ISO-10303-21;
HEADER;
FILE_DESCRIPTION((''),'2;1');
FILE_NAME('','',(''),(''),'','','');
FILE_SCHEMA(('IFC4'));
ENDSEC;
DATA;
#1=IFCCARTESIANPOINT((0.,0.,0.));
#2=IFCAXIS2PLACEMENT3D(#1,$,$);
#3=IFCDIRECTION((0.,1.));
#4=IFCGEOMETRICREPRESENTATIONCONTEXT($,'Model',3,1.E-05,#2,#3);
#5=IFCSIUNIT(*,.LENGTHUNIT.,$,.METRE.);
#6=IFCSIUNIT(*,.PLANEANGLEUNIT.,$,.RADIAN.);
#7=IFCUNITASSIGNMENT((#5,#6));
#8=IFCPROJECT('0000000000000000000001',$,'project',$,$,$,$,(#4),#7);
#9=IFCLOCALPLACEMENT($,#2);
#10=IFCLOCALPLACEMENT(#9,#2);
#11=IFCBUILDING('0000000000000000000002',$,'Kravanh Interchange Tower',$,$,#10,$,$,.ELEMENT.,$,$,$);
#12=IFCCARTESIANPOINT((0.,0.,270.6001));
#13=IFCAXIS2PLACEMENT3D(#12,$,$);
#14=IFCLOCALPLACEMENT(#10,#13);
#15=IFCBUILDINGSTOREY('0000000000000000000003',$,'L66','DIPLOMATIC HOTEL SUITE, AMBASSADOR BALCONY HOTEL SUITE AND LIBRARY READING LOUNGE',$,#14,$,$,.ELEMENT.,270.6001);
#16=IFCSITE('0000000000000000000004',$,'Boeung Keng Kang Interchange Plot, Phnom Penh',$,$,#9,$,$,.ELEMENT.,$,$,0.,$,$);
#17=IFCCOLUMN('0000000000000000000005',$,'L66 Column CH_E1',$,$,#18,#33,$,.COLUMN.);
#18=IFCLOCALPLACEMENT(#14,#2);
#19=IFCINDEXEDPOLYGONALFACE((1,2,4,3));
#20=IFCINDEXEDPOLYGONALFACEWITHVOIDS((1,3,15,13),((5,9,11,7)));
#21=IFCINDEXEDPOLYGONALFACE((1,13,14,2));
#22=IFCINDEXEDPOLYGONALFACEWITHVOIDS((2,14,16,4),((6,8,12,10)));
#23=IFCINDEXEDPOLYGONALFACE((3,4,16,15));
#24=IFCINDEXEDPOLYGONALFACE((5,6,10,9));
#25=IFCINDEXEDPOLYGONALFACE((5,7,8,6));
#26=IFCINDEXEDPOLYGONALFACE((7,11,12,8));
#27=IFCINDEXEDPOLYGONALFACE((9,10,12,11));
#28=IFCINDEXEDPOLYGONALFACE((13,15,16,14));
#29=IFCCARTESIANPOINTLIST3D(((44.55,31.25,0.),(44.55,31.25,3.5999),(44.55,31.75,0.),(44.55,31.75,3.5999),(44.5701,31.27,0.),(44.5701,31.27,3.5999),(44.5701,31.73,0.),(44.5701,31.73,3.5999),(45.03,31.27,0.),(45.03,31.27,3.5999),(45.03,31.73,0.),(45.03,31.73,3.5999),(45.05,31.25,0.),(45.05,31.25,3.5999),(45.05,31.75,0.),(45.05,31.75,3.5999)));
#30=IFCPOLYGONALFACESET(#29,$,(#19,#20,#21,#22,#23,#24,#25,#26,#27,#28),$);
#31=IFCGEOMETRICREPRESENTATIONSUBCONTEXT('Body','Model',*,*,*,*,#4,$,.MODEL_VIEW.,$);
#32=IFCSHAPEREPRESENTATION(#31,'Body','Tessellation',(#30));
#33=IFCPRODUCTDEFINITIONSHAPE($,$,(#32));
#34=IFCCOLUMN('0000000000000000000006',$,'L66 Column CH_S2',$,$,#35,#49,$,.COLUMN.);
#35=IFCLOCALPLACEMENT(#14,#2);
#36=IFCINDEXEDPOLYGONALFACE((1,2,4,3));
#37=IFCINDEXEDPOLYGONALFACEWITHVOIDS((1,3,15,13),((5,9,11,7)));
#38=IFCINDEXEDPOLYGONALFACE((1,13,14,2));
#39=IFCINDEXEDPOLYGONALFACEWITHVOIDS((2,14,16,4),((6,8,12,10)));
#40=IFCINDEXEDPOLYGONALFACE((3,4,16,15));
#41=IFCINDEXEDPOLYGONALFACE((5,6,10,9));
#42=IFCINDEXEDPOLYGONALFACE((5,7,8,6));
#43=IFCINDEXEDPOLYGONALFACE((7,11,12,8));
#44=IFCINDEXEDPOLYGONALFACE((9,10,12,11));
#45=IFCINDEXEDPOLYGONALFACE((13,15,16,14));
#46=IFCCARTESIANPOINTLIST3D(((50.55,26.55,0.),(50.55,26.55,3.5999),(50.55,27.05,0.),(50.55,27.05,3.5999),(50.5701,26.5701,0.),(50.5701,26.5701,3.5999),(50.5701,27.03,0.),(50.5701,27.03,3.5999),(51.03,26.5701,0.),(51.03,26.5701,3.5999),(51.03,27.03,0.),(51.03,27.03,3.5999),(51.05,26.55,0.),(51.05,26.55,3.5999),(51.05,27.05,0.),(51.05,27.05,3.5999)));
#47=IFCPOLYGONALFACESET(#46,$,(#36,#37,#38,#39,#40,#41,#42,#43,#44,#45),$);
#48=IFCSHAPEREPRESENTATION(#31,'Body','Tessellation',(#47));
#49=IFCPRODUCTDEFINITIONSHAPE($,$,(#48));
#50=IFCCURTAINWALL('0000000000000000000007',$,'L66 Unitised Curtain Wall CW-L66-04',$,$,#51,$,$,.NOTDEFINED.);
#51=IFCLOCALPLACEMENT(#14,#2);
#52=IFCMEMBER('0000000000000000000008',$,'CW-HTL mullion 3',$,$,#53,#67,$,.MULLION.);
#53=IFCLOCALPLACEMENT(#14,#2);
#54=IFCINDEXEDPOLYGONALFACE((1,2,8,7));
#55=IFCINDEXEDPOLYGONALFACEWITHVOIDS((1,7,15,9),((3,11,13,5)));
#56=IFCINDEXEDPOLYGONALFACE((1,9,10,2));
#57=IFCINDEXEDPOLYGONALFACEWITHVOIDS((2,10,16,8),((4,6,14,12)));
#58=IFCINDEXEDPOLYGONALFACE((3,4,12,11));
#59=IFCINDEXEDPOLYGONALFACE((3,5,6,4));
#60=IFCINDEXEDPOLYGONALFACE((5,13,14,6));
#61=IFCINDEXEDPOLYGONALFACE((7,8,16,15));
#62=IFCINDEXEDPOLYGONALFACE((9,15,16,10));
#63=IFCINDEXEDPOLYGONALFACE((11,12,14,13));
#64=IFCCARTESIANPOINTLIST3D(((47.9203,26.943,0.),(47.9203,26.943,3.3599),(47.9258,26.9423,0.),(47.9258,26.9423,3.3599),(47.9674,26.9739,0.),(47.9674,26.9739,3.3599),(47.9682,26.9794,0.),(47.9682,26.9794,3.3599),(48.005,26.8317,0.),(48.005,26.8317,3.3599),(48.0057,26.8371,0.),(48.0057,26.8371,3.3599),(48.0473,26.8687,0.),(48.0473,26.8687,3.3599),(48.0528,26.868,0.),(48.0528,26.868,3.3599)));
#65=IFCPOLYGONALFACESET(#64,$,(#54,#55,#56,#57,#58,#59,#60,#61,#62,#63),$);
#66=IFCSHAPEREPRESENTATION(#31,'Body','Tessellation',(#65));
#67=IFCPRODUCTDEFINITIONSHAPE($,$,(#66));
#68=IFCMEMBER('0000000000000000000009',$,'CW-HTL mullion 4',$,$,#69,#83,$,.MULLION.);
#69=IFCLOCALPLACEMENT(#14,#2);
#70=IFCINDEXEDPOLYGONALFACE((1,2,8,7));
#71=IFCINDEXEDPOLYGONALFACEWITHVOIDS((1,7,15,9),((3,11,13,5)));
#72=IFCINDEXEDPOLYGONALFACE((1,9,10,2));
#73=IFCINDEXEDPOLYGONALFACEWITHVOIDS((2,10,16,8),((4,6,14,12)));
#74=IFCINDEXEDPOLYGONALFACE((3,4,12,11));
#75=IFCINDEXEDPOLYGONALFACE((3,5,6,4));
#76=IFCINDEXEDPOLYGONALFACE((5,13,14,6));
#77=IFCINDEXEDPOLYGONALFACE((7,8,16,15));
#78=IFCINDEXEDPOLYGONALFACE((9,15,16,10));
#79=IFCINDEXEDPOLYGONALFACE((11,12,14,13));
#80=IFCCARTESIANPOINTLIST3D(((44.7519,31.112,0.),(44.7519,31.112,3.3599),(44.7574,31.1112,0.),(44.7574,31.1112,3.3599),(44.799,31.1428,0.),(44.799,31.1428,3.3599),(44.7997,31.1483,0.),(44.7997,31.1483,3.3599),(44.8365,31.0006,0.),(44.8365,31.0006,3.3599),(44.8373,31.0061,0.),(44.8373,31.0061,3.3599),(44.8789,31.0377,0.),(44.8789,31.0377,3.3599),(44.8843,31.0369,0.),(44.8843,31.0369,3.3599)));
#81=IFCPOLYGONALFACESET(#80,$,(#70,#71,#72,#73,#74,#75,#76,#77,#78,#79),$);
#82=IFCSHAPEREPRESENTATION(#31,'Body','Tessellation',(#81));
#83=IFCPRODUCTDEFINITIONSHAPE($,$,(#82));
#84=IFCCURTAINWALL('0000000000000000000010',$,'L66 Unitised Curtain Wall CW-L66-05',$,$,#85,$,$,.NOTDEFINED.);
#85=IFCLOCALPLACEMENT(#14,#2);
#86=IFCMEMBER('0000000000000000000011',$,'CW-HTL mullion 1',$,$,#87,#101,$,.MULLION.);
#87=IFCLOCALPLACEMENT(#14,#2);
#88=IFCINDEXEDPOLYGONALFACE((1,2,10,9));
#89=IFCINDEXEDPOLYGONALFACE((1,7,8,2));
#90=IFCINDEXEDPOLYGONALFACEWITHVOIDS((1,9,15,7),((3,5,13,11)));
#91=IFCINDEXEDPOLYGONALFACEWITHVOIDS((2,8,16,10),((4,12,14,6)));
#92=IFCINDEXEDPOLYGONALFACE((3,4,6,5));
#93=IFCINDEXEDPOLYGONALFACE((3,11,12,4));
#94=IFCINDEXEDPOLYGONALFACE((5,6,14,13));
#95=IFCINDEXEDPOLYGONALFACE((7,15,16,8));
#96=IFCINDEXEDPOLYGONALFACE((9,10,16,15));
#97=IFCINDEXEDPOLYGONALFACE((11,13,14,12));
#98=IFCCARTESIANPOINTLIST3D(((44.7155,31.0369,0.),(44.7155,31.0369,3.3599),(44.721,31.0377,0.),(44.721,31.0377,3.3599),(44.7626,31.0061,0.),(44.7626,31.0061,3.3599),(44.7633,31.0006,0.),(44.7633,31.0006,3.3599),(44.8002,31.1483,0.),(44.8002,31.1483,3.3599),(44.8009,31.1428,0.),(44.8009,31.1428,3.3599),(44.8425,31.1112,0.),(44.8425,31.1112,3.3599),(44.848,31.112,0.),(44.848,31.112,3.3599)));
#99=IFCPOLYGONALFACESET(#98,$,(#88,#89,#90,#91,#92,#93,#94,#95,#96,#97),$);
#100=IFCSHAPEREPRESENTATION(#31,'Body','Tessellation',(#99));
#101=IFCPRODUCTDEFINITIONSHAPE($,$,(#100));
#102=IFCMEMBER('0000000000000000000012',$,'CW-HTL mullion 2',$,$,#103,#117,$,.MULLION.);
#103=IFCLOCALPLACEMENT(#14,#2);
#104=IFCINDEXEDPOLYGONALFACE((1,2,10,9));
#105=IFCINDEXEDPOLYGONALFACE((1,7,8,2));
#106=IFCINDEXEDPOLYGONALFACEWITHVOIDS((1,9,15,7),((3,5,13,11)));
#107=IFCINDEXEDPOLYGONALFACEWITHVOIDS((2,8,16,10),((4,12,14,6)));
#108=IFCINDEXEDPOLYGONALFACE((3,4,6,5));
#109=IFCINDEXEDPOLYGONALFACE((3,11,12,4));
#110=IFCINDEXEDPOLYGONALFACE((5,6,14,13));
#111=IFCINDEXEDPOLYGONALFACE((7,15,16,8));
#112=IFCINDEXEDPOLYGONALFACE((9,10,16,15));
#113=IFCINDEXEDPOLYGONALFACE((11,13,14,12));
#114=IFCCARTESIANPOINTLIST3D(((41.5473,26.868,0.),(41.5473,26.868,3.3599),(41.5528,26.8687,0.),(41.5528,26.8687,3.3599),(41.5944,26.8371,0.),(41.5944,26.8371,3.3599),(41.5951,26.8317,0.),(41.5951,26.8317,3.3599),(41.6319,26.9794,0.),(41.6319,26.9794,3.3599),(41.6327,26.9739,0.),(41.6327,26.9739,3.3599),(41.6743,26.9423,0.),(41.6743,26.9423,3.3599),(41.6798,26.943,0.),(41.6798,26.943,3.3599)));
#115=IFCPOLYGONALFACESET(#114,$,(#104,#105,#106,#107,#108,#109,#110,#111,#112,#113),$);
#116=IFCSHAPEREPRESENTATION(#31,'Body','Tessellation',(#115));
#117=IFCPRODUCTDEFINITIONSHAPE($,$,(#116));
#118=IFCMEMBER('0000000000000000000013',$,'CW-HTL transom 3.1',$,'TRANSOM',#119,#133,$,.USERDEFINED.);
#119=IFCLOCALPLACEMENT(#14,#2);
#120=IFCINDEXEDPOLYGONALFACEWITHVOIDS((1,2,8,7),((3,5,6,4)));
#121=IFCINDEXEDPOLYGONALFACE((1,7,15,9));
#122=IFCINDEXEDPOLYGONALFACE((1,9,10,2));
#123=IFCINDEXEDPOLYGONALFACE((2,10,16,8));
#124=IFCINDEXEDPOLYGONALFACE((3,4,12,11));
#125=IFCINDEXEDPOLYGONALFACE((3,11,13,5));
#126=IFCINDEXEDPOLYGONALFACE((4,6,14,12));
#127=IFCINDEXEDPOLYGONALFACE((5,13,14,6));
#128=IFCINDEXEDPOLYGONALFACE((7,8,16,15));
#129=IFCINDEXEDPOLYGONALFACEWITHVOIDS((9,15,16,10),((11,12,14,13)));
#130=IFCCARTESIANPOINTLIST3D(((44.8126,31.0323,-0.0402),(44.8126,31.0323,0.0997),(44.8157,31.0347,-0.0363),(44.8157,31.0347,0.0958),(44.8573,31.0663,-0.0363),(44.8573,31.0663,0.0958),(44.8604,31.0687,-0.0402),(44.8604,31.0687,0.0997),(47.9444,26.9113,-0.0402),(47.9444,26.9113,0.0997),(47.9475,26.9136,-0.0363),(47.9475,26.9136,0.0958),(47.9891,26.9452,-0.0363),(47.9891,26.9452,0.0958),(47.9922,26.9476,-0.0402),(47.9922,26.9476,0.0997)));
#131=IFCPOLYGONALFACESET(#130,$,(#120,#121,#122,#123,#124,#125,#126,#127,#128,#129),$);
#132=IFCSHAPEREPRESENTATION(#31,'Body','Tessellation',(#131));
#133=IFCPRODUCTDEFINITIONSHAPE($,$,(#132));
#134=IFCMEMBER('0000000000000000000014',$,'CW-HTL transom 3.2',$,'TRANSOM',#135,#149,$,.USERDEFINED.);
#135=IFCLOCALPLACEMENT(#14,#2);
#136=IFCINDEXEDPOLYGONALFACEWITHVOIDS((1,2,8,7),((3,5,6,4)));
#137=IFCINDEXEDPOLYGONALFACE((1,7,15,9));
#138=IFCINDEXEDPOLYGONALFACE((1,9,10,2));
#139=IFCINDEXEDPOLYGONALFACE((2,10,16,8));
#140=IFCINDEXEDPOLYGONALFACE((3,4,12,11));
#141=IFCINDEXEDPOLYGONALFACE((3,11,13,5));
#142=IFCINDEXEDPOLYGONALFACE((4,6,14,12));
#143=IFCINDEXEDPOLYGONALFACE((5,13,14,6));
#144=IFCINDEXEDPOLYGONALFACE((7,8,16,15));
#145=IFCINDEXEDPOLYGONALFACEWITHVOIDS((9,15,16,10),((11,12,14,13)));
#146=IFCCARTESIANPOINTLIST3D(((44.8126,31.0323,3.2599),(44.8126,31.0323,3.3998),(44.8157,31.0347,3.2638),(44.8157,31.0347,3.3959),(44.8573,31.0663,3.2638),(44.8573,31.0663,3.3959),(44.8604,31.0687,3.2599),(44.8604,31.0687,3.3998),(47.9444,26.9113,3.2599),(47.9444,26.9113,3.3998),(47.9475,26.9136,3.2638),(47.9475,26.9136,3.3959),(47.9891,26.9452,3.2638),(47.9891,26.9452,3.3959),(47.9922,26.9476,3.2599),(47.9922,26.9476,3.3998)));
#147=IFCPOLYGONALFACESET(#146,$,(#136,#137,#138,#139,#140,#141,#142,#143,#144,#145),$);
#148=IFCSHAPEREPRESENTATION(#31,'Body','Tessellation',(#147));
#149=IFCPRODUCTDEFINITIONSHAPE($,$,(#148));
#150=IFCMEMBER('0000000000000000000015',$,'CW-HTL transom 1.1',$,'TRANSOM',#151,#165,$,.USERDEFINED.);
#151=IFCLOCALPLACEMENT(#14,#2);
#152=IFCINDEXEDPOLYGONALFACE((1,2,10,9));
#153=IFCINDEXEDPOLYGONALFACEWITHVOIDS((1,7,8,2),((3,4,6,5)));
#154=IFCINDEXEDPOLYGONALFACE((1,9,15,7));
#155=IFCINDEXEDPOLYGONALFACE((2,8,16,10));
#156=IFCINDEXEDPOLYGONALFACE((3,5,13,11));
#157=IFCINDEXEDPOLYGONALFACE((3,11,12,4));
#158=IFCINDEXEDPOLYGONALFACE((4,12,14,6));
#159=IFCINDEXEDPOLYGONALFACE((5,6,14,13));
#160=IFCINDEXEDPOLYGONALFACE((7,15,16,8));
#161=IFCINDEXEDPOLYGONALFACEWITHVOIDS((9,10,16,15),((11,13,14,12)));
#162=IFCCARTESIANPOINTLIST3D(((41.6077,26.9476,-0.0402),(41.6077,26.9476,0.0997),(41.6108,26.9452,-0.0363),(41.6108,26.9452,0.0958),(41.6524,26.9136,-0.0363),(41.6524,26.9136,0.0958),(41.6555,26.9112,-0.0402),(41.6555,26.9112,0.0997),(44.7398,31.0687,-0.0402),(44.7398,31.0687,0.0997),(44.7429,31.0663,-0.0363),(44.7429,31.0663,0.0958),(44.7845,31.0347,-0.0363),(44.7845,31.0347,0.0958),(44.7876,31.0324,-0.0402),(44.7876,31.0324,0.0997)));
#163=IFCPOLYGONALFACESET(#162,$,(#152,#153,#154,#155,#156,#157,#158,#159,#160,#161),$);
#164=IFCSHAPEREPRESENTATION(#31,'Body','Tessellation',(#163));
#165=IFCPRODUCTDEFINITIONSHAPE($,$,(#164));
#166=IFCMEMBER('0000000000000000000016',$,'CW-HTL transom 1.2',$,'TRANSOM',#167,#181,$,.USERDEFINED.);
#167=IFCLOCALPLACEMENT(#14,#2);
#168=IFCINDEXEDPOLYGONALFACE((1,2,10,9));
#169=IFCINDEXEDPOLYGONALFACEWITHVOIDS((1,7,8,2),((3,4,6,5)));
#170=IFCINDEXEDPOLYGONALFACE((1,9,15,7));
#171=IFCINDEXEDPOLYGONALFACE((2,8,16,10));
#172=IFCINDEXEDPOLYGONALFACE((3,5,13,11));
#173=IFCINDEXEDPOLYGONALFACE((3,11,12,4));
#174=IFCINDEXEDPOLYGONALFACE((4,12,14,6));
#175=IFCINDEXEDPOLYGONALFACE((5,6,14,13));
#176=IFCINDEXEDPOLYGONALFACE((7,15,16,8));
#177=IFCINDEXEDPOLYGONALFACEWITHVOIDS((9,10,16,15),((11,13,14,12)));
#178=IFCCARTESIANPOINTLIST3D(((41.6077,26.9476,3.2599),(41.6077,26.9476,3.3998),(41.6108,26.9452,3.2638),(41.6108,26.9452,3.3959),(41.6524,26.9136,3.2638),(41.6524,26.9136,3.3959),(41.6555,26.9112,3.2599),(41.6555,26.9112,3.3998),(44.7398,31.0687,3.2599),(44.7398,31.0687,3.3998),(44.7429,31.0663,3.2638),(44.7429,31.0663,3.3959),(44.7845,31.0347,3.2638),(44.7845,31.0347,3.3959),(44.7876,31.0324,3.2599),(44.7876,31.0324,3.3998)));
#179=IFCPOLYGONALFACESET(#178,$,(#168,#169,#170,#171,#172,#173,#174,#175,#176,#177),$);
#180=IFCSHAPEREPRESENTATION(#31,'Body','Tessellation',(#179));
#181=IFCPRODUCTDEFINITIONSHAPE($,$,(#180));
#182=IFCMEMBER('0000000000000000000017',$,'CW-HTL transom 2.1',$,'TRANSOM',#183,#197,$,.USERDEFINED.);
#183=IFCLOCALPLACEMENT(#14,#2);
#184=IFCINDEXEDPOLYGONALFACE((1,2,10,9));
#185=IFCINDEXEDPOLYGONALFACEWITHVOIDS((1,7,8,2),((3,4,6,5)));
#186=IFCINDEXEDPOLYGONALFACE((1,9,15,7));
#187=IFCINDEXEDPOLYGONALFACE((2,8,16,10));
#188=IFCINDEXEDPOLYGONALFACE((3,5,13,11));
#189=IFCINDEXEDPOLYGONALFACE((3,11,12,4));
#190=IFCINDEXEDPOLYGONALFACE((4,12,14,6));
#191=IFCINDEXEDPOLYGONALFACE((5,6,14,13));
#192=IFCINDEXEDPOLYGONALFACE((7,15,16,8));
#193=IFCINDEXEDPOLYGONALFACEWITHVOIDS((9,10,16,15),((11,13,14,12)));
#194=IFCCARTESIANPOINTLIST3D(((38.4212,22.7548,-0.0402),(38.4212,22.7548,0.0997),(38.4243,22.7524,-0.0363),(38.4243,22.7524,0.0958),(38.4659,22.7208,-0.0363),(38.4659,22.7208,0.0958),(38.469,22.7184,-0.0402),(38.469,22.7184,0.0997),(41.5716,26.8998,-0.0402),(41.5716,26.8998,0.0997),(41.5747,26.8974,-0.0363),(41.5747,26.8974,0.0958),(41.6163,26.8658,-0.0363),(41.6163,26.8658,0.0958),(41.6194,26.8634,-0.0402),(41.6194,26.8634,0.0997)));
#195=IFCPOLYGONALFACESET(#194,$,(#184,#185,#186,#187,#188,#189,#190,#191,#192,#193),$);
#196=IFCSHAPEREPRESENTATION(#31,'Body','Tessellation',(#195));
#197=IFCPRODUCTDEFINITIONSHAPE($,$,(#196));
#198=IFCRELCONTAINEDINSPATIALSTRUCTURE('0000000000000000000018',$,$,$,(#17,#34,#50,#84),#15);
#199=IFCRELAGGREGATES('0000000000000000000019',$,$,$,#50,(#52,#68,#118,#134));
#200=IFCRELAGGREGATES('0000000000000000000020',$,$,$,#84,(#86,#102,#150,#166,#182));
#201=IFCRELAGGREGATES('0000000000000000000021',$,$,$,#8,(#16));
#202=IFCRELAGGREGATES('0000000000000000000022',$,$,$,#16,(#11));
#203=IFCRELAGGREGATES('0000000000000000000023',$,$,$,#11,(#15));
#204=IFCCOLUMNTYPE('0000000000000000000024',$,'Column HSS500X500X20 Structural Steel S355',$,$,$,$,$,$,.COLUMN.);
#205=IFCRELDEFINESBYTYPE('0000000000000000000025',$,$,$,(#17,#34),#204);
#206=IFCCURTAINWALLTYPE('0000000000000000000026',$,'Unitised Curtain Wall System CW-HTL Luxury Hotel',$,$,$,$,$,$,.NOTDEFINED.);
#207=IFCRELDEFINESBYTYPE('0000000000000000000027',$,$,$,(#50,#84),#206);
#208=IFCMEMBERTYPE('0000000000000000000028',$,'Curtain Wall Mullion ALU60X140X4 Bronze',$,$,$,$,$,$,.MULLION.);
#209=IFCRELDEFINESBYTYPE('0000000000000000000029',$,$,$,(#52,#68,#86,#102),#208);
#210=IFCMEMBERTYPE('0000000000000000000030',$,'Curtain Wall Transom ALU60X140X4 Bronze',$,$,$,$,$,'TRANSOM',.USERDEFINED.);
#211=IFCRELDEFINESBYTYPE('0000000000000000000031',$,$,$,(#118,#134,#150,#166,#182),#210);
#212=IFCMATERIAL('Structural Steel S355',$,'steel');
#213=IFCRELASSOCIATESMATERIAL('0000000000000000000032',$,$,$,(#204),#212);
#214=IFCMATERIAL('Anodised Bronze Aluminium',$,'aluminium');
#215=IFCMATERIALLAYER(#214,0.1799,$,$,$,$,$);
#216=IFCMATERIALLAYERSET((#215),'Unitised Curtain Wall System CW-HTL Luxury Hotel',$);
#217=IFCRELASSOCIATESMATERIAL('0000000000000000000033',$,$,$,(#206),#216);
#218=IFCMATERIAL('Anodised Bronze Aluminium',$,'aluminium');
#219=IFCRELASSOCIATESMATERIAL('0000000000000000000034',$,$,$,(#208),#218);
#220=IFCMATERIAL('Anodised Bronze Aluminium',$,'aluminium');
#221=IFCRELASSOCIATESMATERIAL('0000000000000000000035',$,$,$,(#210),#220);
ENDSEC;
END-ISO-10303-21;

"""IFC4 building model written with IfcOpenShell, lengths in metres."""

from ifc_helpers import new_model, si_unit, direction, frame, origin, origin_2d, place, context, subcontext, project, spatial, hollow_rectangle, extrude, material, layer, layer_set, material_profile, profile_set, type_object, element, aggregate, save


model = new_model("IFC4")

# Units and contexts
model_context = context("Model", 3, precision=1e-05, world=origin(), true_north=direction((0.0, 1.0)))
body_context = subcontext(model_context, "Body", "Model", "MODEL_VIEW")
ifc_project = project(units=[si_unit("LENGTHUNIT", "METRE"), si_unit("PLANEANGLEUNIT", "RADIAN")], contexts=[model_context])

# Site, building, storey
site_placement = place(None, origin())
site = spatial("IfcSite", under=ifc_project, at=site_placement, Name="Boeung Keng Kang Interchange Plot, Phnom Penh", CompositionType="ELEMENT", RefElevation=0.0)
building_placement = place(site_placement, origin())
building = spatial("IfcBuilding", under=site, at=building_placement, Name="Kravanh Interchange Tower", CompositionType="ELEMENT")
storey_placement = place(building_placement, frame((0.0, 0.0, 270.6001)))
storey = spatial("IfcBuildingStorey", under=building, at=storey_placement, Name="L66", Description="DIPLOMATIC HOTEL SUITE, AMBASSADOR BALCONY HOTEL SUITE AND LIBRARY READING LOUNGE", CompositionType="ELEMENT", Elevation=270.6001)

# Columns
ifc_material_1 = material(Name="Structural Steel S355", Category="steel")
ifc_material_profile_1 = material_profile(ifc_material_1, hollow_rectangle(XDim=0.5, YDim=0.5, WallThickness=0.02, at=origin_2d()), Name="HSS500X500X20")
ifc_profile_set_1 = profile_set([ifc_material_profile_1], Name="Structural Steel S355")
column_type = type_object("IfcColumnType", Name="Column HSS500X500X20 Structural Steel S355", PredefinedType="COLUMN", material=ifc_profile_set_1)
for number, where, z_axis, x_axis, name in (
    (1, (44.8, 31.5, 0.0), (0.0, 0.0, 1.0), (1.0, 0.0, 0.0), "L66 Column CH_E1"),
    (2, (50.8, 26.8, 0.0), (0.0, 0.0, 1.0), (1.0, 0.0, 0.0), "L66 Column CH_S2"),
):
    element("IfcColumn", number, at=place(storey_placement, frame(where, z_axis=z_axis, x_axis=x_axis)), inside=storey, type_object=column_type, Name=name, PredefinedType="COLUMN", context=body_context, shape_type="SweptSolid", body=[
        extrude(hollow_rectangle(XDim=0.5, YDim=0.5, WallThickness=0.02, at=origin_2d()), origin(), (0.0, 0.0, 1.0), 3.5999),
    ])

# Curtain walls, members
ifc_material_2 = material(Name="Anodised Bronze Aluminium", Category="aluminium")
ifc_layer_1 = layer(ifc_material_2, 0.1799)
ifc_layer_set_1 = layer_set([ifc_layer_1], Name="Unitised Curtain Wall System CW-HTL Luxury Hotel")
curtain_wall_type = type_object("IfcCurtainWallType", Name="Unitised Curtain Wall System CW-HTL Luxury Hotel", PredefinedType="NOTDEFINED", material=ifc_layer_set_1)
curtain_wall_1_placement = place(storey_placement, origin())
curtain_wall_1 = element("IfcCurtainWall", 3, at=curtain_wall_1_placement, inside=storey, type_object=curtain_wall_type, Name="L66 Unitised Curtain Wall CW-L66-04", PredefinedType="NOTDEFINED")
ifc_material_3 = material(Name="Anodised Bronze Aluminium", Category="aluminium")
ifc_material_profile_2 = material_profile(ifc_material_3, hollow_rectangle(XDim=0.0601, YDim=0.1399, WallThickness=0.0039, at=origin_2d()), Name="ALU60X140X4")
ifc_profile_set_2 = profile_set([ifc_material_profile_2], Name="Anodised Bronze Aluminium")
member_type_1 = type_object("IfcMemberType", Name="Curtain Wall Mullion ALU60X140X4 Bronze", PredefinedType="MULLION", material=ifc_profile_set_2)
member_1_placement = place(storey_placement, frame((47.9866, 26.9055, 0.0), z_axis=(0.0, 0.0, 1.0), x_axis=(-0.796162, -0.605083, 0.0)))
member_1 = element("IfcMember", 4, at=member_1_placement, type_object=member_type_1, Name="CW-HTL mullion 3", PredefinedType="MULLION", context=body_context, shape_type="SweptSolid", body=[
    extrude(hollow_rectangle(XDim=0.0601, YDim=0.1399, WallThickness=0.0039, at=origin_2d()), origin(), (0.0, 0.0, 1.0), 3.3599),
])
member_2_placement = place(storey_placement, frame((44.8181, 31.0745, 0.0), z_axis=(0.0, 0.0, 1.0), x_axis=(-0.796162, -0.605083, 0.0)))
member_2 = element("IfcMember", 5, at=member_2_placement, type_object=member_type_1, Name="CW-HTL mullion 4", PredefinedType="MULLION", context=body_context, shape_type="SweptSolid", body=[
    extrude(hollow_rectangle(XDim=0.0601, YDim=0.1399, WallThickness=0.0039, at=origin_2d()), origin(), (0.0, 0.0, 1.0), 3.3599),
])
curtain_wall_2_placement = place(storey_placement, origin())
curtain_wall_2 = element("IfcCurtainWall", 6, at=curtain_wall_2_placement, inside=storey, type_object=curtain_wall_type, Name="L66 Unitised Curtain Wall CW-L66-05", PredefinedType="NOTDEFINED")
member_3_placement = place(storey_placement, frame((44.7817, 31.0745, 0.0), z_axis=(0.0, 0.0, 1.0), x_axis=(0.796162, -0.605083, 0.0)))
member_3 = element("IfcMember", 7, at=member_3_placement, type_object=member_type_1, Name="CW-HTL mullion 1", PredefinedType="MULLION", context=body_context, shape_type="SweptSolid", body=[
    extrude(hollow_rectangle(XDim=0.0601, YDim=0.1399, WallThickness=0.0039, at=origin_2d()), origin(), (0.0, 0.0, 1.0), 3.3599),
])
member_4_placement = place(storey_placement, frame((41.6135, 26.9055, 0.0), z_axis=(0.0, 0.0, 1.0), x_axis=(0.796162, -0.605083, 0.0)))
member_4 = element("IfcMember", 8, at=member_4_placement, type_object=member_type_1, Name="CW-HTL mullion 2", PredefinedType="MULLION", context=body_context, shape_type="SweptSolid", body=[
    extrude(hollow_rectangle(XDim=0.0601, YDim=0.1399, WallThickness=0.0039, at=origin_2d()), origin(), (0.0, 0.0, 1.0), 3.3599),
])

# Members
ifc_material_4 = material(Name="Anodised Bronze Aluminium", Category="aluminium")
ifc_material_profile_3 = material_profile(ifc_material_4, hollow_rectangle(XDim=0.0601, YDim=0.1399, WallThickness=0.0039, at=origin_2d()), Name="ALU60X140X4")
ifc_profile_set_3 = profile_set([ifc_material_profile_3], Name="Anodised Bronze Aluminium")
member_type_2 = type_object("IfcMemberType", Name="Curtain Wall Transom ALU60X140X4 Bronze", ElementType="TRANSOM", PredefinedType="USERDEFINED", material=ifc_profile_set_3)
member_5_placement = place(storey_placement, frame((47.9683, 26.9294, 0.0298), z_axis=(-0.605059, 0.79618, 0.0), x_axis=(-0.79618, -0.605059, 0.0)))
member_5 = element("IfcMember", 9, at=member_5_placement, type_object=member_type_2, Name="CW-HTL transom 3.1", ObjectType="TRANSOM", PredefinedType="USERDEFINED", context=body_context, shape_type="SweptSolid", body=[
    extrude(hollow_rectangle(XDim=0.0601, YDim=0.1399, WallThickness=0.0039, at=origin_2d()), origin(), (0.0, 0.0, 1.0), 5.176),
])
member_6_placement = place(storey_placement, frame((47.9683, 26.9294, 3.3298), z_axis=(-0.605059, 0.79618, 0.0), x_axis=(-0.79618, -0.605059, 0.0)))
member_6 = element("IfcMember", 10, at=member_6_placement, type_object=member_type_2, Name="CW-HTL transom 3.2", ObjectType="TRANSOM", PredefinedType="USERDEFINED", context=body_context, shape_type="SweptSolid", body=[
    extrude(hollow_rectangle(XDim=0.0601, YDim=0.1399, WallThickness=0.0039, at=origin_2d()), origin(), (0.0, 0.0, 1.0), 5.176),
])
member_7_placement = place(storey_placement, frame((44.7637, 31.0505, 0.0298), z_axis=(-0.605089, -0.796158, 0.0), x_axis=(0.796158, -0.605089, 0.0)))
member_7 = element("IfcMember", 11, at=member_7_placement, type_object=member_type_2, Name="CW-HTL transom 1.1", ObjectType="TRANSOM", PredefinedType="USERDEFINED", context=body_context, shape_type="SweptSolid", body=[
    extrude(hollow_rectangle(XDim=0.0601, YDim=0.1399, WallThickness=0.0039, at=origin_2d()), origin(), (0.0, 0.0, 1.0), 5.1763),
])
member_8_placement = place(storey_placement, frame((44.7637, 31.0505, 3.3298), z_axis=(-0.605089, -0.796158, 0.0), x_axis=(0.796158, -0.605089, 0.0)))
member_8 = element("IfcMember", 12, at=member_8_placement, type_object=member_type_2, Name="CW-HTL transom 1.2", ObjectType="TRANSOM", PredefinedType="USERDEFINED", context=body_context, shape_type="SweptSolid", body=[
    extrude(hollow_rectangle(XDim=0.0601, YDim=0.1399, WallThickness=0.0039, at=origin_2d()), origin(), (0.0, 0.0, 1.0), 5.1763),
])
member_9_placement = place(storey_placement, frame((41.5955, 26.8816, 0.0298), z_axis=(-0.605105, -0.796146, 0.0), x_axis=(0.796146, -0.605105, 0.0)))
member_9 = element("IfcMember", 13, at=member_9_placement, type_object=member_type_2, Name="CW-HTL transom 2.1", ObjectType="TRANSOM", PredefinedType="USERDEFINED", context=body_context, shape_type="SweptSolid", body=[
    extrude(hollow_rectangle(XDim=0.0601, YDim=0.1399, WallThickness=0.0039, at=origin_2d()), origin(), (0.0, 0.0, 1.0), 5.2063),
])

aggregate(curtain_wall_1, [member_1, member_2, member_5, member_6])
aggregate(curtain_wall_2, [member_3, member_4, member_7, member_8, member_9])

save(model, "model.ifc")
